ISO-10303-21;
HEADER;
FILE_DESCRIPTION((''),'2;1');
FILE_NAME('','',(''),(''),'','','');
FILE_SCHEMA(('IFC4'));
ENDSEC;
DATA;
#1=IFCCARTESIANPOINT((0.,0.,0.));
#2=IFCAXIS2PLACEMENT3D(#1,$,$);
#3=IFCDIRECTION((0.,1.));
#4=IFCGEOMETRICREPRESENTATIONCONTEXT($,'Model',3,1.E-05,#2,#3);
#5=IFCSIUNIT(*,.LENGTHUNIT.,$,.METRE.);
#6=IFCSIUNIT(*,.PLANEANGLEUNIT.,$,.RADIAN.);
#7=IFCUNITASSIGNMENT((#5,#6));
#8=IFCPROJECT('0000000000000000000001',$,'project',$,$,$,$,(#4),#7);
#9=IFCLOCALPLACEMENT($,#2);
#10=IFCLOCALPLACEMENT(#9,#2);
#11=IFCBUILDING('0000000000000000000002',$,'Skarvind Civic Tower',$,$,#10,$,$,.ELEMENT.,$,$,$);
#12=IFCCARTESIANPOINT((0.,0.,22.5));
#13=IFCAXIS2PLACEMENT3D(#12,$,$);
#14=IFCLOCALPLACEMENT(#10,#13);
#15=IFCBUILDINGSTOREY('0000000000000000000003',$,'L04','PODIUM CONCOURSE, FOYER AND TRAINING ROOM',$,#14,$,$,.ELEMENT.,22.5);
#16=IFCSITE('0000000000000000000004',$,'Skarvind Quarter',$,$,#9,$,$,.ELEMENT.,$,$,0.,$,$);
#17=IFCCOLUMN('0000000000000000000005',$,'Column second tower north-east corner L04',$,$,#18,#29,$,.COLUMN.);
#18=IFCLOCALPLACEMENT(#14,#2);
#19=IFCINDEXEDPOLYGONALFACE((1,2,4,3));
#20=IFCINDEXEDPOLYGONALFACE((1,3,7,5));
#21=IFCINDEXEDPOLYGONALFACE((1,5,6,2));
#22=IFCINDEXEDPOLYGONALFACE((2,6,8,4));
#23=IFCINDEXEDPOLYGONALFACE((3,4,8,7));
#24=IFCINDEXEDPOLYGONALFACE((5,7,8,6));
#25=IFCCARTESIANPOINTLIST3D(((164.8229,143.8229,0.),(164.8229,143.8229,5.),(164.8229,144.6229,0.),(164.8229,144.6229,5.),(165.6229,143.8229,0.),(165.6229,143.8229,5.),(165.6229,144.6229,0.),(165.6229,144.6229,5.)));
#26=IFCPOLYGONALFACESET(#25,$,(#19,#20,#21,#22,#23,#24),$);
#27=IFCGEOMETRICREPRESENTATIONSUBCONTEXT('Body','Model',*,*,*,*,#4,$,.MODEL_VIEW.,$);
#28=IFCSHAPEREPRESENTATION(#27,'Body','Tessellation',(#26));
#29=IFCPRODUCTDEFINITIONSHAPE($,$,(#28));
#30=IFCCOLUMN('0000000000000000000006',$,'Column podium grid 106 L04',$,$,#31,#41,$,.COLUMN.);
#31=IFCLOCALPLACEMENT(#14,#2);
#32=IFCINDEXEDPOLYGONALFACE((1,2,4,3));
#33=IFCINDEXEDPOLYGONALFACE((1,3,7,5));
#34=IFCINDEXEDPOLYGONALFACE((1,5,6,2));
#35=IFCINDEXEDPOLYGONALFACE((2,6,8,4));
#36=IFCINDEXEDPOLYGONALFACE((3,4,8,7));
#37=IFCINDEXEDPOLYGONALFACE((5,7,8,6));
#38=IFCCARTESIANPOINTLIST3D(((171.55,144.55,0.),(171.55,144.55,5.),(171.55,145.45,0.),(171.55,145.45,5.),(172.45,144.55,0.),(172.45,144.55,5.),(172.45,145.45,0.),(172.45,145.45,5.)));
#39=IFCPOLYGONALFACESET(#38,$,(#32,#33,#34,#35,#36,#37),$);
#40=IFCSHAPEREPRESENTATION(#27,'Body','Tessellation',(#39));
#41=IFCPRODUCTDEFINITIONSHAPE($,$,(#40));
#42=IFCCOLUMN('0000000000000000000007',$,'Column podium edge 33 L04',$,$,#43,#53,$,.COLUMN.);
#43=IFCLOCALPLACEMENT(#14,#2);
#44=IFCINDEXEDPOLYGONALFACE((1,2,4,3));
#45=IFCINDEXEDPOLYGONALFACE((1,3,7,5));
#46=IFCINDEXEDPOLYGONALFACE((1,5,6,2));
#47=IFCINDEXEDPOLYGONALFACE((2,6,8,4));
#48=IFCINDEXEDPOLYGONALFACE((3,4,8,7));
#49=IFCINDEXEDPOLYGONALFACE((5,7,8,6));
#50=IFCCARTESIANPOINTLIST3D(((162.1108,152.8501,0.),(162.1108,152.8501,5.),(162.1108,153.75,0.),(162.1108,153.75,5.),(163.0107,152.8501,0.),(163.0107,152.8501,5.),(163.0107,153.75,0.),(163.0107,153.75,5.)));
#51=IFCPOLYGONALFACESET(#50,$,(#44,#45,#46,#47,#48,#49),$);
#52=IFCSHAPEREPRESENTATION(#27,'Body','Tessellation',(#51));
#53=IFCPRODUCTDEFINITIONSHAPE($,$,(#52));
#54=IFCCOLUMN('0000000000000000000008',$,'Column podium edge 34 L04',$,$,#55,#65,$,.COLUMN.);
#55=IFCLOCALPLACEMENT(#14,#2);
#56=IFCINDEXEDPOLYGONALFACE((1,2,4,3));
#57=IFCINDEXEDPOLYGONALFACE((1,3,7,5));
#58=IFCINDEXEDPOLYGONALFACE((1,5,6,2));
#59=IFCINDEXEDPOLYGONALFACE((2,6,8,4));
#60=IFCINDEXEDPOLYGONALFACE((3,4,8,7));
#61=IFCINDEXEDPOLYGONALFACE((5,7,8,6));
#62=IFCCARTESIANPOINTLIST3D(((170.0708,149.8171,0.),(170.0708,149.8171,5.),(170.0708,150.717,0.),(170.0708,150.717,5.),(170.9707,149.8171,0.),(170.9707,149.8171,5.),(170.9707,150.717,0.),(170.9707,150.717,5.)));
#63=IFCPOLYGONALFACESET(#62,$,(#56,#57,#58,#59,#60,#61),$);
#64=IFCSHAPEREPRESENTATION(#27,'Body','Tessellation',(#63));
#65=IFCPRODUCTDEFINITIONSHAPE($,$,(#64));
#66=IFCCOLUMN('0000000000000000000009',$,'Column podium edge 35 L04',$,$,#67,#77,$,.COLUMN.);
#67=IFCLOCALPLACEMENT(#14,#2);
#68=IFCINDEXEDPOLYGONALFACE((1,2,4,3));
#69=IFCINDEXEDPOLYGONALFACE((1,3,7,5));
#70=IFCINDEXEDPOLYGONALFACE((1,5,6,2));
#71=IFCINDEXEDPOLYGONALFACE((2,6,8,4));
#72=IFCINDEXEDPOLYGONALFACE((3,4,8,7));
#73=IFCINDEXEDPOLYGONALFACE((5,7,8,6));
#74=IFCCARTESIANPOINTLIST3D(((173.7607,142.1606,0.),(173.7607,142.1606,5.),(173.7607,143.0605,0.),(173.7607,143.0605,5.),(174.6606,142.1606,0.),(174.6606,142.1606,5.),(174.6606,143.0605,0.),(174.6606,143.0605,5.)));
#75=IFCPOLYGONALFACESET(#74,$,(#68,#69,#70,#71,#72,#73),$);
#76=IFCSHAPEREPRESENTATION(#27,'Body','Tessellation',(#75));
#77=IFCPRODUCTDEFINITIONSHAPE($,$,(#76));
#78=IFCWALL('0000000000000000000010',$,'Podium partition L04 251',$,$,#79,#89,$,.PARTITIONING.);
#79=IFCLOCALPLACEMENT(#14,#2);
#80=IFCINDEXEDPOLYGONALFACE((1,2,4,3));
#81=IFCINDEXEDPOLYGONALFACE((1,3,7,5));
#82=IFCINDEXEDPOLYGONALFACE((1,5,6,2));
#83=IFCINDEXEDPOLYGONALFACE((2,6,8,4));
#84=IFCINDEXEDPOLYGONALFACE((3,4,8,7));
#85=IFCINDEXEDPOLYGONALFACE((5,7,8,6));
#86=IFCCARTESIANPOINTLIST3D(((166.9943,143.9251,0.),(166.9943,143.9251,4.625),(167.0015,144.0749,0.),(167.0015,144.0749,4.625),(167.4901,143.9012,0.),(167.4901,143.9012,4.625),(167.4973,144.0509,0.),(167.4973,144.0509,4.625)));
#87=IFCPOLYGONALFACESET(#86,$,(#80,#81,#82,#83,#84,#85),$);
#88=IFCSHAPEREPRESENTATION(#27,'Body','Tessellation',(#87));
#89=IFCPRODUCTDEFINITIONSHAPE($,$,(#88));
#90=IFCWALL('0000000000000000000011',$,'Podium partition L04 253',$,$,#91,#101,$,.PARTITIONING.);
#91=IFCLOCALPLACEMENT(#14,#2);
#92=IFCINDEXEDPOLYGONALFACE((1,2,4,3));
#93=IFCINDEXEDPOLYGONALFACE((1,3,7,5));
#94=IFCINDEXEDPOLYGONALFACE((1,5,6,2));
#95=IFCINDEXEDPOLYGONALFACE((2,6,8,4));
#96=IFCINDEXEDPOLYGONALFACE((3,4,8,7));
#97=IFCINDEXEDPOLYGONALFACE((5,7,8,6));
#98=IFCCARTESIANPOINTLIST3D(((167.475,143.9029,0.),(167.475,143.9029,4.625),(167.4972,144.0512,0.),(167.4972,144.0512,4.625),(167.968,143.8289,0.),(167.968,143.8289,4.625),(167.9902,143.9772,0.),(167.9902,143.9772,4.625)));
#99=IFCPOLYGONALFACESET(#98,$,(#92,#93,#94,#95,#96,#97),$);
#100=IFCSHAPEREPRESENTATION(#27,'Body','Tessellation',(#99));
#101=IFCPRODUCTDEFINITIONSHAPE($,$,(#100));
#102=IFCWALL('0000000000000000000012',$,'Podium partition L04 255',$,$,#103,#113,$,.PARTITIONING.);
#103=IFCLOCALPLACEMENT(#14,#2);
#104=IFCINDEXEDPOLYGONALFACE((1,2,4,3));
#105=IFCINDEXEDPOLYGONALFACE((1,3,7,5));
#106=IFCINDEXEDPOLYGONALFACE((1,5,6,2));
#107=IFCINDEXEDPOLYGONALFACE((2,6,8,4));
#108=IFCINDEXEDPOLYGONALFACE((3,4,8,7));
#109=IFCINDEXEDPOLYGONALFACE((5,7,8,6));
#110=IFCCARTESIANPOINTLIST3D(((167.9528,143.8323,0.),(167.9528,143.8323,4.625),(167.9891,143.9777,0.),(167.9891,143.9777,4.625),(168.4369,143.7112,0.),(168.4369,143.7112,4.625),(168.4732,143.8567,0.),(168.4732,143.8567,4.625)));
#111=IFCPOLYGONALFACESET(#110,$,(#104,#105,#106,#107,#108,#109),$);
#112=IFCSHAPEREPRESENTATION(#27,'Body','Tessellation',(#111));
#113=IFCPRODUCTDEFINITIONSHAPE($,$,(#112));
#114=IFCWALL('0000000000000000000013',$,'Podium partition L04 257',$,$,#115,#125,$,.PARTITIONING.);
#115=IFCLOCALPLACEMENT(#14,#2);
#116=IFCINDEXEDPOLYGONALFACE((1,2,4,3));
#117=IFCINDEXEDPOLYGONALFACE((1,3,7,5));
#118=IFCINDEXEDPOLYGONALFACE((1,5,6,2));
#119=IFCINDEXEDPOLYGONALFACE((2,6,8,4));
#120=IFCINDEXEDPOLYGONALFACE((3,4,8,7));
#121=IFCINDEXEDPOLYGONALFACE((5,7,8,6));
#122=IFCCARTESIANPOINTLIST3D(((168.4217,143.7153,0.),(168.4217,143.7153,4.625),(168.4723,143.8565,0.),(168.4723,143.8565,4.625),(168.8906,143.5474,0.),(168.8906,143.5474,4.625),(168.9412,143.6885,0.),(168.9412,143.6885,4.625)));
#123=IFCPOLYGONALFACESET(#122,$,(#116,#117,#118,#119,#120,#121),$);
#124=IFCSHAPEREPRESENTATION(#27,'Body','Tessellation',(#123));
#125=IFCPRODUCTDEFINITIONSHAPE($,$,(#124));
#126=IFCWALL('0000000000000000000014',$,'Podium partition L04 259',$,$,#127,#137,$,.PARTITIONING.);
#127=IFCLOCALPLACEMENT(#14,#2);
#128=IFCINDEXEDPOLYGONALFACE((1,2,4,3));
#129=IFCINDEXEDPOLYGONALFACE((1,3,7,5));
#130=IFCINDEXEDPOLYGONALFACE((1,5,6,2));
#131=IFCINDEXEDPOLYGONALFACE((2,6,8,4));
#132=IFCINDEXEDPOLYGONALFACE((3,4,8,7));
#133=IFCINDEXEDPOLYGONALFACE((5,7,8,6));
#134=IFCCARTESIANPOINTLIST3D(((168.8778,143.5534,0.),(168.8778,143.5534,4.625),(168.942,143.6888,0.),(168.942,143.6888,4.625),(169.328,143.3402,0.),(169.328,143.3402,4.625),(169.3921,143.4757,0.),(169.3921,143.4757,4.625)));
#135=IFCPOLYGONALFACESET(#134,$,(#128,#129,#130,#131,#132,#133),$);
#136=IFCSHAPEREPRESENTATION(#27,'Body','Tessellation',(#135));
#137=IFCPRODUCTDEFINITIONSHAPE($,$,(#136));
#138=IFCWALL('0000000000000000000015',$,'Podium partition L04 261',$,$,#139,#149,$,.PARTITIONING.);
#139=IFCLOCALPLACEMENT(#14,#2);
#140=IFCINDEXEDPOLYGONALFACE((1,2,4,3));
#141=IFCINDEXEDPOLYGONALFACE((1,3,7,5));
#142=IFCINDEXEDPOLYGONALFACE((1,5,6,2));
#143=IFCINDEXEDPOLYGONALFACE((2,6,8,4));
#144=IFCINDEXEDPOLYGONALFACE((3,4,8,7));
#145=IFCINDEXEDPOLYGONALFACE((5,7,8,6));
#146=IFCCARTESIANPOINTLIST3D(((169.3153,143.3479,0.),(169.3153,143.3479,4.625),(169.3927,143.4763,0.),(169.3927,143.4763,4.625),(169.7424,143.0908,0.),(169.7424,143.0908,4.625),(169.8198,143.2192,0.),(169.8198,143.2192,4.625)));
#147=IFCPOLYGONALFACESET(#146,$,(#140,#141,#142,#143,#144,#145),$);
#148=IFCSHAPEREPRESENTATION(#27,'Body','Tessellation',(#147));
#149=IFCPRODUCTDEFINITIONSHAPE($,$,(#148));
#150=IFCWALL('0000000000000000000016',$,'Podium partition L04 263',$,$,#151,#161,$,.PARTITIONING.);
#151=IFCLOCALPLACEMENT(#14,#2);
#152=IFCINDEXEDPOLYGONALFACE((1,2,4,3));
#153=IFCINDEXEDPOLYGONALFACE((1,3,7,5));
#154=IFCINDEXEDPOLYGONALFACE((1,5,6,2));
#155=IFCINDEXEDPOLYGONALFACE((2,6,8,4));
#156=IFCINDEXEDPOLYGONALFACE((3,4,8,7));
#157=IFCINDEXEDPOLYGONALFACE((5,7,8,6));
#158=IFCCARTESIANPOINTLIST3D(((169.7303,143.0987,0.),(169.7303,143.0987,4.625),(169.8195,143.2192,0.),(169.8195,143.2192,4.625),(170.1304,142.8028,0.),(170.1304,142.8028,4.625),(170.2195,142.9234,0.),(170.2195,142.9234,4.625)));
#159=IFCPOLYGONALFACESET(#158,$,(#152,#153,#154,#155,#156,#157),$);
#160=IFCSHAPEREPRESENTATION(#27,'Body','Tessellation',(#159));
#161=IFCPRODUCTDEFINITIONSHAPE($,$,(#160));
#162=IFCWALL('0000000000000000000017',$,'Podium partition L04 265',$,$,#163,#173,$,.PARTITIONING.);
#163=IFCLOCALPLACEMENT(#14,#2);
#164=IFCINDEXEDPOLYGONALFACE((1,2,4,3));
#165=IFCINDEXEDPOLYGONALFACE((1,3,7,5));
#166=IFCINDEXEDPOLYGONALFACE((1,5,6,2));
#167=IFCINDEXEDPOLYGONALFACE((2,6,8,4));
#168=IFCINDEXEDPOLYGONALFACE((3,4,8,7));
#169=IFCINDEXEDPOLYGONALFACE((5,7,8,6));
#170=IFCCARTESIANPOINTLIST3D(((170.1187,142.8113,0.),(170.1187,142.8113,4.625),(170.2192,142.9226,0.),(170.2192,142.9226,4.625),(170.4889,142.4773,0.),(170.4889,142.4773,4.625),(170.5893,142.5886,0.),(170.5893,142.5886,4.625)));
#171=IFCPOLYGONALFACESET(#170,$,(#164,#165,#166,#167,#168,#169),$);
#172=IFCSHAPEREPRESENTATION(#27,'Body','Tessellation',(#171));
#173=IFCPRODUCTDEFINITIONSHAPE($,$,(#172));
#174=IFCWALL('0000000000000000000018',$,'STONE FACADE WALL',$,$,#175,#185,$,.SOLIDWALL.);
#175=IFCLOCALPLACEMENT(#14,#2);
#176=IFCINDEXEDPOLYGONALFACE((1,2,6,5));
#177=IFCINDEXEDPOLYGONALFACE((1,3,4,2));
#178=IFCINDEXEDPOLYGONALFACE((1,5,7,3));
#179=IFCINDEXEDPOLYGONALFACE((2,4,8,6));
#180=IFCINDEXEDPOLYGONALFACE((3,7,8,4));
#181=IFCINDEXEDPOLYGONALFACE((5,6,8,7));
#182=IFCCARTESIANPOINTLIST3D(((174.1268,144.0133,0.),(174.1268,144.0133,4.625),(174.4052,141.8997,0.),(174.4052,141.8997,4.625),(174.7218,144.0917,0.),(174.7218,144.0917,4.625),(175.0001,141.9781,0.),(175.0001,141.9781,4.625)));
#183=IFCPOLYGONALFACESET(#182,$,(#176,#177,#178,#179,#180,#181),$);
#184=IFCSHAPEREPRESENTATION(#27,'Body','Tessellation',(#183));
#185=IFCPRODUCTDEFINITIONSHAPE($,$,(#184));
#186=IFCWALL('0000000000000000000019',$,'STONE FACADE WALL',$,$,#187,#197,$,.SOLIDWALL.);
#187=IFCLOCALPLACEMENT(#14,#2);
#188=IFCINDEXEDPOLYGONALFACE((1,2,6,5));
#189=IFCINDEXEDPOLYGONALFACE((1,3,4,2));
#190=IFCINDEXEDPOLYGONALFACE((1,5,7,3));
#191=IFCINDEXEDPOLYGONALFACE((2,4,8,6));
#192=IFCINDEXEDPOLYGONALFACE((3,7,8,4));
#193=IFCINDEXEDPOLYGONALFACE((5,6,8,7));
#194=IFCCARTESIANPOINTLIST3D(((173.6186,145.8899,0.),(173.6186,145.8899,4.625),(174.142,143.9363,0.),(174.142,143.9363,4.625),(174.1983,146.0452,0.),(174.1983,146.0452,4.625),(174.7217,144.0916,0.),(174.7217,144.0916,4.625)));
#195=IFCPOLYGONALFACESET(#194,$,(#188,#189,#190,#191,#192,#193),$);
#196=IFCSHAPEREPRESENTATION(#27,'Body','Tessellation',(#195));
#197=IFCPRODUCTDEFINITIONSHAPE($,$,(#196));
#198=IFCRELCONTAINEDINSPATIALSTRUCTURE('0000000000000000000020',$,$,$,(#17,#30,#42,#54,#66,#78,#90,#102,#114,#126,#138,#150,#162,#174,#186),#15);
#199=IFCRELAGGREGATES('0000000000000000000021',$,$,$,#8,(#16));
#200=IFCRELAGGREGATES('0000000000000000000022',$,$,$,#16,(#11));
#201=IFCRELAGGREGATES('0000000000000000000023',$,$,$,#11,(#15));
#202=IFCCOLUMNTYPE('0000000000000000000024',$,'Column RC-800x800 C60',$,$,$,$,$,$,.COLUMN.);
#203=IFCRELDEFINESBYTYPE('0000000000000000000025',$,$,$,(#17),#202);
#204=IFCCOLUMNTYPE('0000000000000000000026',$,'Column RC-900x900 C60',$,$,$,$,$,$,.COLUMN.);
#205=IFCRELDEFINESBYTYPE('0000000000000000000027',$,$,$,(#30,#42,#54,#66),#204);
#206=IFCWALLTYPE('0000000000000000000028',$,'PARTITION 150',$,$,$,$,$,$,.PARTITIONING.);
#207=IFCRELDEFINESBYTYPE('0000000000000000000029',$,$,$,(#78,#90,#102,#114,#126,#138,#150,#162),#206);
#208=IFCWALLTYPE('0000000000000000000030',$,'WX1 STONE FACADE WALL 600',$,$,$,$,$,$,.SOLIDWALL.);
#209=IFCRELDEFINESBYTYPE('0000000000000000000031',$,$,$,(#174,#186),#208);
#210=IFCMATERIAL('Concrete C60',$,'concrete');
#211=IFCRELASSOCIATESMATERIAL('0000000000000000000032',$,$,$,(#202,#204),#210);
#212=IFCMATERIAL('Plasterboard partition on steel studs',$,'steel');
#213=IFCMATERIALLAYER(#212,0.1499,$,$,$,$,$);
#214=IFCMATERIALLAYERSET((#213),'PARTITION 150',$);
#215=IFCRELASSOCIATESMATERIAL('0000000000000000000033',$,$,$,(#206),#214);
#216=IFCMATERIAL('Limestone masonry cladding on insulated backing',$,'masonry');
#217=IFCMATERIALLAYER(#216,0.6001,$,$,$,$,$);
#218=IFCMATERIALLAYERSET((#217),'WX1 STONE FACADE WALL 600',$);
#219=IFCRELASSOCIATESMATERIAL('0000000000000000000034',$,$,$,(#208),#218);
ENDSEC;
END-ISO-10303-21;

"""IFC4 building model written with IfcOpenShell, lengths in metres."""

from ifc_helpers import new_model, si_unit, direction, frame, frame_2d, origin, origin_2d, place, context, subcontext, project, spatial, rectangle, extrude, material, layer, layer_set, material_profile, profile_set, type_object, element, save


model = new_model("IFC4")

# Units and contexts
model_context = context("Model", 3, precision=1e-05, world=origin(), true_north=direction((0.0, 1.0)))
body_context = subcontext(model_context, "Body", "Model", "MODEL_VIEW")
ifc_project = project(units=[si_unit("LENGTHUNIT", "METRE"), si_unit("PLANEANGLEUNIT", "RADIAN")], contexts=[model_context])

# Site, building, storey
site_placement = place(None, origin())
site = spatial("IfcSite", under=ifc_project, at=site_placement, Name="Skarvind Quarter", CompositionType="ELEMENT", RefElevation=0.0)
building_placement = place(site_placement, origin())
building = spatial("IfcBuilding", under=site, at=building_placement, Name="Skarvind Civic Tower", CompositionType="ELEMENT")
storey_placement = place(building_placement, frame((0.0, 0.0, 22.5)))
storey = spatial("IfcBuildingStorey", under=building, at=storey_placement, Name="L04", Description="PODIUM CONCOURSE, FOYER AND TRAINING ROOM", CompositionType="ELEMENT", Elevation=22.5)

# Columns
ifc_material_1 = material(Name="Concrete C60", Category="concrete")
ifc_material_profile_1 = material_profile(ifc_material_1, rectangle(XDim=0.8, YDim=0.8, at=origin_2d()), Name="RC-800x800")
ifc_profile_set_1 = profile_set([ifc_material_profile_1], Name="Concrete C60")
column_type_1 = type_object("IfcColumnType", Name="Column RC-800x800 C60", PredefinedType="COLUMN", material=ifc_profile_set_1)
column_placement = place(storey_placement, frame((165.2229, 144.2229, 0.0), z_axis=(0.0, 0.0, 1.0), x_axis=(1.0, 0.0, 0.0)))
element("IfcColumn", 1, at=column_placement, inside=storey, type_object=column_type_1, Name="Column second tower north-east corner L04", PredefinedType="COLUMN", context=body_context, shape_type="SweptSolid", body=[
    extrude(rectangle(XDim=0.8, YDim=0.8, at=origin_2d()), origin(), (0.0, 0.0, 1.0), 5.0),
])
ifc_material_profile_2 = material_profile(ifc_material_1, rectangle(XDim=0.8999, YDim=0.8999, at=origin_2d()), Name="RC-900x900")
ifc_profile_set_2 = profile_set([ifc_material_profile_2], Name="Concrete C60")
column_type_2 = type_object("IfcColumnType", Name="Column RC-900x900 C60", PredefinedType="COLUMN", material=ifc_profile_set_2)
for number, where, z_axis, x_axis, name in (
    (2, (172.0, 145.0, 0.0), (0.0, 0.0, 1.0), (1.0, 0.0, 0.0), "Column podium grid 106 L04"),
    (3, (162.5608, 153.3, 0.0), (0.0, 0.0, 1.0), (1.0, 0.0, 0.0), "Column podium edge 33 L04"),
    (4, (170.5208, 150.2671, 0.0), (0.0, 0.0, 1.0), (1.0, 0.0, 0.0), "Column podium edge 34 L04"),
    (5, (174.2107, 142.6106, 0.0), (0.0, 0.0, 1.0), (1.0, 0.0, 0.0), "Column podium edge 35 L04"),
):
    element("IfcColumn", number, at=place(storey_placement, frame(where, z_axis=z_axis, x_axis=x_axis)), inside=storey, type_object=column_type_2, Name=name, PredefinedType="COLUMN", context=body_context, shape_type="SweptSolid", body=[
        extrude(rectangle(XDim=0.8999, YDim=0.8999, at=origin_2d()), origin(), (0.0, 0.0, 1.0), 5.0),
    ])

# Walls
ifc_material_2 = material(Name="Plasterboard partition on steel studs", Category="steel")
ifc_layer_1 = layer(ifc_material_2, 0.1499)
ifc_layer_set_1 = layer_set([ifc_layer_1], Name="PARTITION 150")
wall_type_1 = type_object("IfcWallType", Name="PARTITION 150", PredefinedType="PARTITIONING", material=ifc_layer_set_1)
wall_1_placement = place(storey_placement, frame((166.998, 144.0, 0.0), z_axis=(0.0, 0.0, 1.0), x_axis=(0.998838, -0.048196, 0.0)))
element("IfcWall", 6, at=wall_1_placement, inside=storey, type_object=wall_type_1, Name="Podium partition L04 251", PredefinedType="PARTITIONING", context=body_context, shape_type="SweptSolid", body=[
    extrude(rectangle(XDim=0.4963, YDim=0.1499, at=frame_2d((0.248, 0.0))), origin(), (0.0, 0.0, 1.0), 4.625),
])
wall_2_placement = place(storey_placement, frame((167.4861, 143.9771, 0.0), z_axis=(0.0, 0.0, 1.0), x_axis=(0.988926, -0.148412, 0.0)))
element("IfcWall", 7, at=wall_2_placement, inside=storey, type_object=wall_type_1, Name="Podium partition L04 253", PredefinedType="PARTITIONING", context=body_context, shape_type="SweptSolid", body=[
    extrude(rectangle(XDim=0.4985, YDim=0.1499, at=frame_2d((0.2493, 0.0))), origin(), (0.0, 0.0, 1.0), 4.625),
])
wall_3_placement = place(storey_placement, frame((167.9709, 143.905, 0.0), z_axis=(0.0, 0.0, 1.0), x_axis=(0.970114, -0.242651, 0.0)))
element("IfcWall", 8, at=wall_3_placement, inside=storey, type_object=wall_type_1, Name="Podium partition L04 255", PredefinedType="PARTITIONING", context=body_context, shape_type="SweptSolid", body=[
    extrude(rectangle(XDim=0.499, YDim=0.1499, at=frame_2d((0.2495, 0.0))), origin(), (0.0, 0.0, 1.0), 4.625),
])
for number, where, z_axis, x_axis, name in (
    (9, (168.447, 143.7859, 0.0), (0.0, 0.0, 1.0), (0.941442, -0.337174, 0.0), "Podium partition L04 257"),
    (10, (168.9099, 143.6211, 0.0), (0.0, 0.0, 1.0), (0.903828, -0.427897, 0.0), "Podium partition L04 259"),
):
    element("IfcWall", number, at=place(storey_placement, frame(where, z_axis=z_axis, x_axis=x_axis)), inside=storey, type_object=wall_type_1, Name=name, PredefinedType="PARTITIONING", context=body_context, shape_type="SweptSolid", body=[
        extrude(rectangle(XDim=0.498, YDim=0.1499, at=frame_2d((0.249, 0.0))), origin(), (0.0, 0.0, 1.0), 4.625),
    ])
wall_4_placement = place(storey_placement, frame((169.354, 143.4121, 0.0), z_axis=(0.0, 0.0, 1.0), x_axis=(0.856714, -0.515792, 0.0)))
element("IfcWall", 11, at=wall_4_placement, inside=storey, type_object=wall_type_1, Name="Podium partition L04 261", PredefinedType="PARTITIONING", context=body_context, shape_type="SweptSolid", body=[
    extrude(rectangle(XDim=0.4985, YDim=0.1499, at=frame_2d((0.2493, 0.0))), origin(), (0.0, 0.0, 1.0), 4.625),
])
wall_5_placement = place(storey_placement, frame((169.7749, 143.1589, 0.0), z_axis=(0.0, 0.0, 1.0), x_axis=(0.804044, -0.59457, 0.0)))
element("IfcWall", 12, at=wall_5_placement, inside=storey, type_object=wall_type_1, Name="Podium partition L04 263", PredefinedType="PARTITIONING", context=body_context, shape_type="SweptSolid", body=[
    extrude(rectangle(XDim=0.4976, YDim=0.1499, at=frame_2d((0.2488, 0.0))), origin(), (0.0, 0.0, 1.0), 4.625),
])
wall_6_placement = place(storey_placement, frame((170.1689, 142.8669, 0.0), z_axis=(0.0, 0.0, 1.0), x_axis=(0.742417, -0.669938, 0.0)))
element("IfcWall", 13, at=wall_6_placement, inside=storey, type_object=wall_type_1, Name="Podium partition L04 265", PredefinedType="PARTITIONING", context=body_context, shape_type="SweptSolid", body=[
    extrude(rectangle(XDim=0.4985, YDim=0.1499, at=frame_2d((0.2493, 0.0))), origin(), (0.0, 0.0, 1.0), 4.625),
])
ifc_material_3 = material(Name="Limestone masonry cladding on insulated backing", Category="masonry")
ifc_layer_2 = layer(ifc_material_3, 0.6001)
ifc_layer_set_2 = layer_set([ifc_layer_2], Name="WX1 STONE FACADE WALL 600")
wall_type_2 = type_object("IfcWallType", Name="WX1 STONE FACADE WALL 600", PredefinedType="SOLIDWALL", material=ifc_layer_set_2)
wall_7_placement = place(storey_placement, frame((174.4243, 144.0525, 0.0), z_axis=(0.0, 0.0, 1.0), x_axis=(0.130558, -0.991441, 0.0)))
element("IfcWall", 14, at=wall_7_placement, inside=storey, type_object=wall_type_2, Name="STONE FACADE WALL", PredefinedType="SOLIDWALL", context=body_context, shape_type="SweptSolid", body=[
    extrude(rectangle(XDim=2.1318, YDim=0.6001, at=frame_2d((1.0659, 0.0))), origin(), (0.0, 0.0, 1.0), 4.625),
])
wall_8_placement = place(storey_placement, frame((173.9084, 145.9675, 0.0), z_axis=(0.0, 0.0, 1.0), x_axis=(0.258804, -0.96593, 0.0)))
element("IfcWall", 15, at=wall_8_placement, inside=storey, type_object=wall_type_2, Name="STONE FACADE WALL", PredefinedType="SOLIDWALL", context=body_context, shape_type="SweptSolid", body=[
    extrude(rectangle(XDim=2.0225, YDim=0.6001, at=frame_2d((1.0112, 0.0))), origin(), (0.0, 0.0, 1.0), 4.625),
])

save(model, "model.ifc")
